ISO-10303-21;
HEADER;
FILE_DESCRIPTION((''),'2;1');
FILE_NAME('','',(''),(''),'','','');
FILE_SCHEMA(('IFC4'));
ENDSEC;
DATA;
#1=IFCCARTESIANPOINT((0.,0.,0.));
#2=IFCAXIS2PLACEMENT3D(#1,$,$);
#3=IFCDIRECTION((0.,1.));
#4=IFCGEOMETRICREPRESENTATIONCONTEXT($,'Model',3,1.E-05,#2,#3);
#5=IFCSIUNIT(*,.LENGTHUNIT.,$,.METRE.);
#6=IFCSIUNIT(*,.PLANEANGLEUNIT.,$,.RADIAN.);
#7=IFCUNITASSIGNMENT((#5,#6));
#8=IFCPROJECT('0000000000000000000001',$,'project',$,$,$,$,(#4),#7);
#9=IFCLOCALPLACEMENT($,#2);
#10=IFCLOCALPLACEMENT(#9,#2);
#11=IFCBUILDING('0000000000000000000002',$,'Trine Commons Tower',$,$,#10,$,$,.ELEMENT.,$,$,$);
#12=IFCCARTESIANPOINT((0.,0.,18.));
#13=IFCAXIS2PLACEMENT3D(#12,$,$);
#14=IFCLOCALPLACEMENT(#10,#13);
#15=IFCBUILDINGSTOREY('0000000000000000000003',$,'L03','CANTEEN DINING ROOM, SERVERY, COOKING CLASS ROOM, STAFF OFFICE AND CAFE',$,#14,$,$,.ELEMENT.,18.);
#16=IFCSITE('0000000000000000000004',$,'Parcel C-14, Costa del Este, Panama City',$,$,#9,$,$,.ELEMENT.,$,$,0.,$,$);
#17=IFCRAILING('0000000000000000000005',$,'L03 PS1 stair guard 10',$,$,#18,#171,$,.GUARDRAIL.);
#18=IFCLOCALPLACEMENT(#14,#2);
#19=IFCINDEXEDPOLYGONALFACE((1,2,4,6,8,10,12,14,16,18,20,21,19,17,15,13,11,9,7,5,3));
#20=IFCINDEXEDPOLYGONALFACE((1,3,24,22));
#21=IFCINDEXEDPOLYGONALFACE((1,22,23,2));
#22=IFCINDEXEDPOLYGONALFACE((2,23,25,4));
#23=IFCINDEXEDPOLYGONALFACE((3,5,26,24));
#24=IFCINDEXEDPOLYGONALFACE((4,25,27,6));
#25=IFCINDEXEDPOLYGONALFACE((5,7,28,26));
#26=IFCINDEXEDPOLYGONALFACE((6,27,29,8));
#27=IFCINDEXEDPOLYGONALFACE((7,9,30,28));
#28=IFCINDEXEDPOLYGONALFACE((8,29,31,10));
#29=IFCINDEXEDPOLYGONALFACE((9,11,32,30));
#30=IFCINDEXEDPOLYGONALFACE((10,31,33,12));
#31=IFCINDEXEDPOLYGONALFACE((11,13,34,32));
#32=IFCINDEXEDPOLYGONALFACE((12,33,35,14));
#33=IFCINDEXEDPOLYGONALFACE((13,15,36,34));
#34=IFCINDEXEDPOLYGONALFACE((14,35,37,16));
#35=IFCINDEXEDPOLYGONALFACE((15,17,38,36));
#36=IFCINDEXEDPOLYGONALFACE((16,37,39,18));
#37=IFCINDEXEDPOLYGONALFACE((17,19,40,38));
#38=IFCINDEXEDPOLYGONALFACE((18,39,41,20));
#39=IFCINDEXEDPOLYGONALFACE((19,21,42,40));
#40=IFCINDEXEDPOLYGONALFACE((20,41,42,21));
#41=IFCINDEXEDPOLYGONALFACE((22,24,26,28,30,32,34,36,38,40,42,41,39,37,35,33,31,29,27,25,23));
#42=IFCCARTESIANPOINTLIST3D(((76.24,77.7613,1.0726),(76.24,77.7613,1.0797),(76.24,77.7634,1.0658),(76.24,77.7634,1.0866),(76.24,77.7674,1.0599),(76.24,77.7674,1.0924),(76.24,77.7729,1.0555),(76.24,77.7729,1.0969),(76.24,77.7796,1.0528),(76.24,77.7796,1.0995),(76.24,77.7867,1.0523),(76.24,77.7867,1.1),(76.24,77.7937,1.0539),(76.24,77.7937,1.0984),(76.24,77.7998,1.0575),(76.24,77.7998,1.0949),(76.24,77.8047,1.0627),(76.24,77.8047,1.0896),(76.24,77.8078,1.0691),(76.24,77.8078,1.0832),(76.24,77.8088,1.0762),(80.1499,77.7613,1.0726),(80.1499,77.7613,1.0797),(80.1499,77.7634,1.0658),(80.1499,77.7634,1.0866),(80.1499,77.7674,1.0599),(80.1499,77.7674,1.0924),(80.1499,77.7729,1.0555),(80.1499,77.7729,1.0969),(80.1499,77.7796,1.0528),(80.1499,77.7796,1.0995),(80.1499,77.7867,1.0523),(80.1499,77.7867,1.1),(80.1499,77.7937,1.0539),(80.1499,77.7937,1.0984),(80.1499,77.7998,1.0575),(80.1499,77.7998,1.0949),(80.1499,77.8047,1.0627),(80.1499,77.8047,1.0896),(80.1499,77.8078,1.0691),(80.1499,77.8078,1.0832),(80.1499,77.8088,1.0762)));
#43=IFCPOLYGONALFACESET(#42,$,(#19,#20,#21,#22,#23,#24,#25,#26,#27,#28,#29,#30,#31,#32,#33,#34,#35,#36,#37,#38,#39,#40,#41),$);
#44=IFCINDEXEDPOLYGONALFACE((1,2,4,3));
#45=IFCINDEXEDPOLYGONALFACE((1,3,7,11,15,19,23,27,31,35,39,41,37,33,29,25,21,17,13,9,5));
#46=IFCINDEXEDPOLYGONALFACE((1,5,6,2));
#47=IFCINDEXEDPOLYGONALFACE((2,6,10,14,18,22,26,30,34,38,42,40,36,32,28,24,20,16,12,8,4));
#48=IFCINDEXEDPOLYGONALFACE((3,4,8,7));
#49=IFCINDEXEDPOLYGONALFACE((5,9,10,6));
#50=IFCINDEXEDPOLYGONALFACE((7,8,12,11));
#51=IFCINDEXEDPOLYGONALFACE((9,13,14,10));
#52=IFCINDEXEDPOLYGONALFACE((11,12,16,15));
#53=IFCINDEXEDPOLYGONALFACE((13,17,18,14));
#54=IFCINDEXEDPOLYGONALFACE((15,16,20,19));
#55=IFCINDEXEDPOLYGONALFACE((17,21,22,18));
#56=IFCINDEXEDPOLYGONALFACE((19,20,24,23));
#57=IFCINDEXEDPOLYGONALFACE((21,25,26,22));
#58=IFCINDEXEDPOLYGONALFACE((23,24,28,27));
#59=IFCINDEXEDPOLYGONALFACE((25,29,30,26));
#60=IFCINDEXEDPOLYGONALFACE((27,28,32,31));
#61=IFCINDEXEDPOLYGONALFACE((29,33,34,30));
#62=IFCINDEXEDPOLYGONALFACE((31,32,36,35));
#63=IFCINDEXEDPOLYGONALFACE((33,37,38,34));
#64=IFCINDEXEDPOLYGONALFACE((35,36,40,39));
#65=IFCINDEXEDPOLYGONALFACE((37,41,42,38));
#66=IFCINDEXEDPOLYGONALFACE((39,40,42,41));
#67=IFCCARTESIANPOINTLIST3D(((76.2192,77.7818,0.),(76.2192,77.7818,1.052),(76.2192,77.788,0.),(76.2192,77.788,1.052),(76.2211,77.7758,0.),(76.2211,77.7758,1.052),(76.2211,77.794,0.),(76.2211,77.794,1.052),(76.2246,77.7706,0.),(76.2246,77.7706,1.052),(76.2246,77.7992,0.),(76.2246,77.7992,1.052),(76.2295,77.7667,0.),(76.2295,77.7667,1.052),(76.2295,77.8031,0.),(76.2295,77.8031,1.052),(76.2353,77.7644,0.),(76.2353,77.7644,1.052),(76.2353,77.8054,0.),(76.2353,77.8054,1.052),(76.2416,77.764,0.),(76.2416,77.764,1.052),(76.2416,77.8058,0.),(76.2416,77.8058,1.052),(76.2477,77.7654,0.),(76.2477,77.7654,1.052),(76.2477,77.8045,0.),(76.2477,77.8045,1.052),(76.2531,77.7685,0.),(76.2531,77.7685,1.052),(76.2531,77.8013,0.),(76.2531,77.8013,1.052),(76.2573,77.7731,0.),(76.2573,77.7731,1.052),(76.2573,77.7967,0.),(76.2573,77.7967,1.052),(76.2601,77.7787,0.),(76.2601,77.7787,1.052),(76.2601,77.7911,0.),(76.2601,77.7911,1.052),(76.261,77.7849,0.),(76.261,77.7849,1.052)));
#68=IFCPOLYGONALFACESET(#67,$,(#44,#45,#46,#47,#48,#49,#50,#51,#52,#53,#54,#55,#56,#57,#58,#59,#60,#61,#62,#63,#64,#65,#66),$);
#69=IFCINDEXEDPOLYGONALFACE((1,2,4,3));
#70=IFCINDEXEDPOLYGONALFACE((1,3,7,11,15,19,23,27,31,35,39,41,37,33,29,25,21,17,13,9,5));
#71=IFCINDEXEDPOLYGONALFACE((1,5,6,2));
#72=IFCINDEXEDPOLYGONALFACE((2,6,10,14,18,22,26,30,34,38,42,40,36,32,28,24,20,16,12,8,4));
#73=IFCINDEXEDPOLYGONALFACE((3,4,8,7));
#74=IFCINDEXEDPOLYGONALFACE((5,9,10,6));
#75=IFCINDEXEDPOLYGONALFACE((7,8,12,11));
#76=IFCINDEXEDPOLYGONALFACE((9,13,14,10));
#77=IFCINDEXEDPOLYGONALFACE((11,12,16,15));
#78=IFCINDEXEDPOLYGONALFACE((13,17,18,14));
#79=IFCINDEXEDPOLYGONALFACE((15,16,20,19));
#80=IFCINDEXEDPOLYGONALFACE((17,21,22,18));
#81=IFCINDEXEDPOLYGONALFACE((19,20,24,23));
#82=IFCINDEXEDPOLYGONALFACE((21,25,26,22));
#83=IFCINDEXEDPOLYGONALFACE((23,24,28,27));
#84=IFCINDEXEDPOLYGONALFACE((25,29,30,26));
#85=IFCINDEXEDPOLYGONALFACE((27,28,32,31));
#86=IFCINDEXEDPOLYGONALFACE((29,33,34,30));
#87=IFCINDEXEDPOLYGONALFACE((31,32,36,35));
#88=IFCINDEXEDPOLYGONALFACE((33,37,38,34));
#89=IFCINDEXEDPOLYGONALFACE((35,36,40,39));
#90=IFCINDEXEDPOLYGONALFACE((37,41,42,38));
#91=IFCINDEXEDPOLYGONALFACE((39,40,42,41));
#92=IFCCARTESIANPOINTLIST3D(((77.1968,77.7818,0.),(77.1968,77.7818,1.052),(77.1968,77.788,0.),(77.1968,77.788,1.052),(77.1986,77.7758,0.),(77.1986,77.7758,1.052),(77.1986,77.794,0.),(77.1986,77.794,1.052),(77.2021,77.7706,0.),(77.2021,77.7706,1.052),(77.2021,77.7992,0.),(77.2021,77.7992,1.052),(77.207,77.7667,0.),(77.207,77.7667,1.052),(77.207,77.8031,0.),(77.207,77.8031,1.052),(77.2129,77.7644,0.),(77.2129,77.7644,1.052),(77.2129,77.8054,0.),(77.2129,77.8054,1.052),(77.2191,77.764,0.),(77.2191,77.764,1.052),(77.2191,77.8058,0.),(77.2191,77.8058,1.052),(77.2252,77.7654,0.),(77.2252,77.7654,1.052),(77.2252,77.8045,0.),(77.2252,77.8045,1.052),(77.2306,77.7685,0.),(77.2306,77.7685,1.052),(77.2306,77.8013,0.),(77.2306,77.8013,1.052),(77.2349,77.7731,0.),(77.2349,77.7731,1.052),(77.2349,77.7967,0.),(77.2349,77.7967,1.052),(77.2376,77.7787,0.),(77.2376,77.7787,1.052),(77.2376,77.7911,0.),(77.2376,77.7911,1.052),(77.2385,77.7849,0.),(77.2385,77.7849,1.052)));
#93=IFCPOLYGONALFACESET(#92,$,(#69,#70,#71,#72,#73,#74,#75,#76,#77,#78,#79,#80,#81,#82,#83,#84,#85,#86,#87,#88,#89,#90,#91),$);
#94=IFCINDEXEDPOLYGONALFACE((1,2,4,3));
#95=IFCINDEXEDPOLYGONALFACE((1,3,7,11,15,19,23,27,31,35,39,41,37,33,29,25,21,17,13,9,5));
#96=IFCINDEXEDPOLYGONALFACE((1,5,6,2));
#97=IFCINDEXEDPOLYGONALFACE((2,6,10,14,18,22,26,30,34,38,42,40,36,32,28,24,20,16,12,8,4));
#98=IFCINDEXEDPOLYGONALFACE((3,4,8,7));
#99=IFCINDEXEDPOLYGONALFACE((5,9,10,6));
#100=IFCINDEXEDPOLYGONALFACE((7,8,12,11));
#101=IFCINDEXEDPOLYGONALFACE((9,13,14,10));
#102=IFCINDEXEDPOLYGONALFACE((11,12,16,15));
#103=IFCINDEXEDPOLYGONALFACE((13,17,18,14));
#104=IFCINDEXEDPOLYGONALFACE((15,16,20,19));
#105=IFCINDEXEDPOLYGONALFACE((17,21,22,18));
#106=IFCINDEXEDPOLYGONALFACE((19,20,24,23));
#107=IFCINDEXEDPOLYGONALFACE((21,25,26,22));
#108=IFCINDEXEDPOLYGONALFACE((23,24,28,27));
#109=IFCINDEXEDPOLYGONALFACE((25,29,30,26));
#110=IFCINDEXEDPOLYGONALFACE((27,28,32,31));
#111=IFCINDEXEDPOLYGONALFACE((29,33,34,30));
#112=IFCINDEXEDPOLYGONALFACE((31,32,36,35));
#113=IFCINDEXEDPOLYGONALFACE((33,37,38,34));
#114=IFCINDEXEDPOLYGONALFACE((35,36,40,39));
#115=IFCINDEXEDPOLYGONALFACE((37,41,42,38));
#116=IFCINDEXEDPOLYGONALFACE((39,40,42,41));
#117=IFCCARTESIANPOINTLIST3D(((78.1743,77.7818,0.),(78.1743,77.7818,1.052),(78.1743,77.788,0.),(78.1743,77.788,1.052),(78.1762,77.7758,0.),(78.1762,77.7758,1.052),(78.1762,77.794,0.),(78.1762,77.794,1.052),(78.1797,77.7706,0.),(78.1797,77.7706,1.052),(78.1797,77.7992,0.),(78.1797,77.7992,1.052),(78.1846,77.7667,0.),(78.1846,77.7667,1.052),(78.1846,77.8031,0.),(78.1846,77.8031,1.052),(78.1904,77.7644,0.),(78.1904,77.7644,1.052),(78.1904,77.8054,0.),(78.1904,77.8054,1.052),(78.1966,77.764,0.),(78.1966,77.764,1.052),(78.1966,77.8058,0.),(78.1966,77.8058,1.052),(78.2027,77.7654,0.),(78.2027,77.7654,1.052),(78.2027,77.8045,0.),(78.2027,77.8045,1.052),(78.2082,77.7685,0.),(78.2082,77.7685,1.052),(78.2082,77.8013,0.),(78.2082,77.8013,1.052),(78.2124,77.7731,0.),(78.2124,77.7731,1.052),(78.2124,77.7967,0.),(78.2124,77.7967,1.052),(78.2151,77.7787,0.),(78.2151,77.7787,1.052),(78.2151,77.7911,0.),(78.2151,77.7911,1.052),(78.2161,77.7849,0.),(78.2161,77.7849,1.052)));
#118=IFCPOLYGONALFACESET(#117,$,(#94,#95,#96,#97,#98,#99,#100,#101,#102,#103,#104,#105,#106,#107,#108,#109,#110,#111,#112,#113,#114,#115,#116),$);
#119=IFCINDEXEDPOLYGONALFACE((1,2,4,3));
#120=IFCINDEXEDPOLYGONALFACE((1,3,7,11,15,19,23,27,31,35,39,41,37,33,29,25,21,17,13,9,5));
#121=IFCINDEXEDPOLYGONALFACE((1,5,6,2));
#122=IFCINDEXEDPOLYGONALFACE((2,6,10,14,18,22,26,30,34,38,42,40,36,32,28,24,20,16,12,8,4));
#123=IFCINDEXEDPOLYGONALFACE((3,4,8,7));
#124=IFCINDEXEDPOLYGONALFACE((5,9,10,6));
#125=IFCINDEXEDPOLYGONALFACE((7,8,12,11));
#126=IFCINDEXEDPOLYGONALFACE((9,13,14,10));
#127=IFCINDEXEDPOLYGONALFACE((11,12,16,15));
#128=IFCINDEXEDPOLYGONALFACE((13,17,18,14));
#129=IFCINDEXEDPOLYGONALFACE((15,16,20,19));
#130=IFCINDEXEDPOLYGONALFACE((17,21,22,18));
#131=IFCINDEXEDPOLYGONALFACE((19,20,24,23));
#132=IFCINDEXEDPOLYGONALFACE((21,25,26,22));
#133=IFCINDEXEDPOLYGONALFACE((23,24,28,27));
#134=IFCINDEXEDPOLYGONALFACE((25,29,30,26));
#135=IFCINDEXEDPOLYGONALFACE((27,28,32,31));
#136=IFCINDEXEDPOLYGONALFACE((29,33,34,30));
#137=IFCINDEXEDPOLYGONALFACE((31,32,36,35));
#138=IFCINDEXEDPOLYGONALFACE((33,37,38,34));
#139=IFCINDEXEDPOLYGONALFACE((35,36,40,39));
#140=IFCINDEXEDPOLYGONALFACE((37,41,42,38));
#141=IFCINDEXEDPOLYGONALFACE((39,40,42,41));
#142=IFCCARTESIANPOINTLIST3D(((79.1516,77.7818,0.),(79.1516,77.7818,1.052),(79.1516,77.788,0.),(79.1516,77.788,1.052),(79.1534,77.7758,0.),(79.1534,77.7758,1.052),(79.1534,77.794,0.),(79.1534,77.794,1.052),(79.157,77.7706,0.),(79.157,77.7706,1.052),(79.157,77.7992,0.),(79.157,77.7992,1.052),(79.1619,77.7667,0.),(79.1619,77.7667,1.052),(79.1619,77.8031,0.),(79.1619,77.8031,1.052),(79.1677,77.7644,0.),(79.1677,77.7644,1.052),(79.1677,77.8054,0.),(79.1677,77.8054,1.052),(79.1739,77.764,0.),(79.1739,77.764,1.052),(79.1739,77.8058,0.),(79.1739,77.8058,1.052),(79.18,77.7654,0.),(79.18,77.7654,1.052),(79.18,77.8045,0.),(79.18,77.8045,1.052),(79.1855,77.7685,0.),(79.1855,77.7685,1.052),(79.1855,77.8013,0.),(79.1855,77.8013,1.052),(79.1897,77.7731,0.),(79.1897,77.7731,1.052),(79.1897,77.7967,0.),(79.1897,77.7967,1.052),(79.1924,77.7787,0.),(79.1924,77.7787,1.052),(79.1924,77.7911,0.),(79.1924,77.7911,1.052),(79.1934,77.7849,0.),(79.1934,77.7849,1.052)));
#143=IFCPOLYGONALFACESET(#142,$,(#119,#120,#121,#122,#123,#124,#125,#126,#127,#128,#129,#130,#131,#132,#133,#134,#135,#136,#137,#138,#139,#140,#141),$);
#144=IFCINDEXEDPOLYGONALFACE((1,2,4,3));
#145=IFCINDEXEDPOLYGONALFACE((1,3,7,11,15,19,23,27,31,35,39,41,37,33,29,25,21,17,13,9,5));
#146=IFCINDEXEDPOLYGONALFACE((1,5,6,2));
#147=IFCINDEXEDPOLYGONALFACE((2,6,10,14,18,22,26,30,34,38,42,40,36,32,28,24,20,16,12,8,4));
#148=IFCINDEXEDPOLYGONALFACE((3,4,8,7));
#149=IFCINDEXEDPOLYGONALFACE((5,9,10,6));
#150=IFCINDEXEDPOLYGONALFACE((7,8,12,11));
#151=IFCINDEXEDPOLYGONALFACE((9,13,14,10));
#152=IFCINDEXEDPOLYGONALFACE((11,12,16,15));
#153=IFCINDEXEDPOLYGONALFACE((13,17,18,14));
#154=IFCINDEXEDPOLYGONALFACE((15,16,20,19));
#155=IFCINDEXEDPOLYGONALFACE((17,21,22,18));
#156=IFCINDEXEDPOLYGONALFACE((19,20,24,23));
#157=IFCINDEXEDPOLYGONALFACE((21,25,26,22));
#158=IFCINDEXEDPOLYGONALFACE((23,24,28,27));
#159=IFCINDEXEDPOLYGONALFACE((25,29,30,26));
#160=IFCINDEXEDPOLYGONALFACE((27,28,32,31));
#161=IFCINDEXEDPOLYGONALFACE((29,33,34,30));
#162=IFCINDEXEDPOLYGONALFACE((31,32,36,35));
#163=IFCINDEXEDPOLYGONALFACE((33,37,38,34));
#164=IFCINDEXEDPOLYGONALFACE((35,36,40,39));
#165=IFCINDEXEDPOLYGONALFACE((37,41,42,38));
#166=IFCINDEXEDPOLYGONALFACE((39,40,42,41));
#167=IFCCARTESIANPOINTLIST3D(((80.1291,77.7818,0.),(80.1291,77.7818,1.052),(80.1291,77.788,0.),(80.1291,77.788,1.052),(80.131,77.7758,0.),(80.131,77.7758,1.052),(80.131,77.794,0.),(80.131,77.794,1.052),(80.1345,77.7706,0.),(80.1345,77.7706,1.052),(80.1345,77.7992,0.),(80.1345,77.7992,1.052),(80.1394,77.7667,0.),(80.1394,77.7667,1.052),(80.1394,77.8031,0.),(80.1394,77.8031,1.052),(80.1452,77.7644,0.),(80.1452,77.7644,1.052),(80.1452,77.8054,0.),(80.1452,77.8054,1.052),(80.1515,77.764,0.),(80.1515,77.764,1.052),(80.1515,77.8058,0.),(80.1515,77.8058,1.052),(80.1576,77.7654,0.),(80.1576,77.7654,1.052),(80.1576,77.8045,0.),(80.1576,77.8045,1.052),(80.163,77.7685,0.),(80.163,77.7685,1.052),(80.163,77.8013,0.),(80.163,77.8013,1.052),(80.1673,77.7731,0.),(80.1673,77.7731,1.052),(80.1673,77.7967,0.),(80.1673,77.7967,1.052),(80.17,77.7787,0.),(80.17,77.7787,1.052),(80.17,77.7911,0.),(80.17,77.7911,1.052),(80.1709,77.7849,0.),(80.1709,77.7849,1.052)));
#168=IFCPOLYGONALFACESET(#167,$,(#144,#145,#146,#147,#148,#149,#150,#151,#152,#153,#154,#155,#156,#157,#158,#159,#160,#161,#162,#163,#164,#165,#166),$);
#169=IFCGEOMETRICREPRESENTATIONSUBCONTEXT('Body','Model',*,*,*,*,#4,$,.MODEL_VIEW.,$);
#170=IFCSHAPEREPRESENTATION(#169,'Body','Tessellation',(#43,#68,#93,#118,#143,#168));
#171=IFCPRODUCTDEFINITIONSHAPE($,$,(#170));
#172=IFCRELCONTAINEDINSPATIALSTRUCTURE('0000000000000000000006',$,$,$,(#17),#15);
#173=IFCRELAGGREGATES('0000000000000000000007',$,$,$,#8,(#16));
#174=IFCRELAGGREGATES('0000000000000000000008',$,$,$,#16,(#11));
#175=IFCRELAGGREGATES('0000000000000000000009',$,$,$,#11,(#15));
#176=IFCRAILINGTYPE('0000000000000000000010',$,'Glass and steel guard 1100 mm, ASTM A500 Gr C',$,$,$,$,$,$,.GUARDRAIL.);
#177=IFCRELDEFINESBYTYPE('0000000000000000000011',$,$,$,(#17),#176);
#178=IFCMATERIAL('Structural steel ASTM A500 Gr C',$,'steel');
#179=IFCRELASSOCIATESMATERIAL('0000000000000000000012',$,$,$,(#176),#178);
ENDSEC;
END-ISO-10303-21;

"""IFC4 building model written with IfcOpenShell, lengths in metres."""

from ifc_helpers import new_model, si_unit, direction, frame, origin, origin_2d, place, context, subcontext, project, spatial, circle, extrude, material, type_object, element, save


model = new_model("IFC4")

# Units and contexts
model_context = context("Model", 3, precision=1e-05, world=origin(), true_north=direction((0.0, 1.0)))
body_context = subcontext(model_context, "Body", "Model", "MODEL_VIEW")
ifc_project = project(units=[si_unit("LENGTHUNIT", "METRE"), si_unit("PLANEANGLEUNIT", "RADIAN")], contexts=[model_context])

# Site, building, storey
site_placement = place(None, origin())
site = spatial("IfcSite", under=ifc_project, at=site_placement, Name="Parcel C-14, Costa del Este, Panama City", CompositionType="ELEMENT", RefElevation=0.0)
building_placement = place(site_placement, origin())
building = spatial("IfcBuilding", under=site, at=building_placement, Name="Trine Commons Tower", CompositionType="ELEMENT")
storey_placement = place(building_placement, frame((0.0, 0.0, 18.0)))
storey = spatial("IfcBuildingStorey", under=building, at=storey_placement, Name="L03", Description="CANTEEN DINING ROOM, SERVERY, COOKING CLASS ROOM, STAFF OFFICE AND CAFE", CompositionType="ELEMENT", Elevation=18.0)

# Railing
ifc_material_1 = material(Name="Structural steel ASTM A500 Gr C", Category="steel")
railing_type_1 = type_object("IfcRailingType", Name="Glass and steel guard 1100 mm, ASTM A500 Gr C", PredefinedType="GUARDRAIL", material=ifc_material_1)
for number, where, name in (
    (1, (76.24, 77.7849, 0.0), "L03 PS1 stair guard 10"),
):
    element("IfcRailing", number, at=place(storey_placement, frame(where)), inside=storey, type_object=railing_type_1, Name=name, PredefinedType="GUARDRAIL", context=body_context, shape_type="SweptSolid", body=[
        extrude(circle(Radius=0.0239, at=origin_2d()), frame((0.0, 0.0, 1.0762), z_axis=(1.0, 0.0, 0.0), x_axis=(0.0, 1.0, 0.0)), (0.0, 0.0, 1.0), 3.9099),
        extrude(circle(Radius=0.021, at=origin_2d()), origin(), (0.0, 0.0, 1.0), 1.052),
        extrude(circle(Radius=0.021, at=origin_2d()), frame((0.9775, 0.0, 0.0)), (0.0, 0.0, 1.0), 1.052),
        extrude(circle(Radius=0.021, at=origin_2d()), frame((1.9551, 0.0, 0.0)), (0.0, 0.0, 1.0), 1.052),
        extrude(circle(Radius=0.021, at=origin_2d()), frame((2.9324, 0.0, 0.0)), (0.0, 0.0, 1.0), 1.052),
        extrude(circle(Radius=0.021, at=origin_2d()), frame((3.9099, 0.0, 0.0)), (0.0, 0.0, 1.0), 1.052),
    ])

save(model, "model.ifc")
